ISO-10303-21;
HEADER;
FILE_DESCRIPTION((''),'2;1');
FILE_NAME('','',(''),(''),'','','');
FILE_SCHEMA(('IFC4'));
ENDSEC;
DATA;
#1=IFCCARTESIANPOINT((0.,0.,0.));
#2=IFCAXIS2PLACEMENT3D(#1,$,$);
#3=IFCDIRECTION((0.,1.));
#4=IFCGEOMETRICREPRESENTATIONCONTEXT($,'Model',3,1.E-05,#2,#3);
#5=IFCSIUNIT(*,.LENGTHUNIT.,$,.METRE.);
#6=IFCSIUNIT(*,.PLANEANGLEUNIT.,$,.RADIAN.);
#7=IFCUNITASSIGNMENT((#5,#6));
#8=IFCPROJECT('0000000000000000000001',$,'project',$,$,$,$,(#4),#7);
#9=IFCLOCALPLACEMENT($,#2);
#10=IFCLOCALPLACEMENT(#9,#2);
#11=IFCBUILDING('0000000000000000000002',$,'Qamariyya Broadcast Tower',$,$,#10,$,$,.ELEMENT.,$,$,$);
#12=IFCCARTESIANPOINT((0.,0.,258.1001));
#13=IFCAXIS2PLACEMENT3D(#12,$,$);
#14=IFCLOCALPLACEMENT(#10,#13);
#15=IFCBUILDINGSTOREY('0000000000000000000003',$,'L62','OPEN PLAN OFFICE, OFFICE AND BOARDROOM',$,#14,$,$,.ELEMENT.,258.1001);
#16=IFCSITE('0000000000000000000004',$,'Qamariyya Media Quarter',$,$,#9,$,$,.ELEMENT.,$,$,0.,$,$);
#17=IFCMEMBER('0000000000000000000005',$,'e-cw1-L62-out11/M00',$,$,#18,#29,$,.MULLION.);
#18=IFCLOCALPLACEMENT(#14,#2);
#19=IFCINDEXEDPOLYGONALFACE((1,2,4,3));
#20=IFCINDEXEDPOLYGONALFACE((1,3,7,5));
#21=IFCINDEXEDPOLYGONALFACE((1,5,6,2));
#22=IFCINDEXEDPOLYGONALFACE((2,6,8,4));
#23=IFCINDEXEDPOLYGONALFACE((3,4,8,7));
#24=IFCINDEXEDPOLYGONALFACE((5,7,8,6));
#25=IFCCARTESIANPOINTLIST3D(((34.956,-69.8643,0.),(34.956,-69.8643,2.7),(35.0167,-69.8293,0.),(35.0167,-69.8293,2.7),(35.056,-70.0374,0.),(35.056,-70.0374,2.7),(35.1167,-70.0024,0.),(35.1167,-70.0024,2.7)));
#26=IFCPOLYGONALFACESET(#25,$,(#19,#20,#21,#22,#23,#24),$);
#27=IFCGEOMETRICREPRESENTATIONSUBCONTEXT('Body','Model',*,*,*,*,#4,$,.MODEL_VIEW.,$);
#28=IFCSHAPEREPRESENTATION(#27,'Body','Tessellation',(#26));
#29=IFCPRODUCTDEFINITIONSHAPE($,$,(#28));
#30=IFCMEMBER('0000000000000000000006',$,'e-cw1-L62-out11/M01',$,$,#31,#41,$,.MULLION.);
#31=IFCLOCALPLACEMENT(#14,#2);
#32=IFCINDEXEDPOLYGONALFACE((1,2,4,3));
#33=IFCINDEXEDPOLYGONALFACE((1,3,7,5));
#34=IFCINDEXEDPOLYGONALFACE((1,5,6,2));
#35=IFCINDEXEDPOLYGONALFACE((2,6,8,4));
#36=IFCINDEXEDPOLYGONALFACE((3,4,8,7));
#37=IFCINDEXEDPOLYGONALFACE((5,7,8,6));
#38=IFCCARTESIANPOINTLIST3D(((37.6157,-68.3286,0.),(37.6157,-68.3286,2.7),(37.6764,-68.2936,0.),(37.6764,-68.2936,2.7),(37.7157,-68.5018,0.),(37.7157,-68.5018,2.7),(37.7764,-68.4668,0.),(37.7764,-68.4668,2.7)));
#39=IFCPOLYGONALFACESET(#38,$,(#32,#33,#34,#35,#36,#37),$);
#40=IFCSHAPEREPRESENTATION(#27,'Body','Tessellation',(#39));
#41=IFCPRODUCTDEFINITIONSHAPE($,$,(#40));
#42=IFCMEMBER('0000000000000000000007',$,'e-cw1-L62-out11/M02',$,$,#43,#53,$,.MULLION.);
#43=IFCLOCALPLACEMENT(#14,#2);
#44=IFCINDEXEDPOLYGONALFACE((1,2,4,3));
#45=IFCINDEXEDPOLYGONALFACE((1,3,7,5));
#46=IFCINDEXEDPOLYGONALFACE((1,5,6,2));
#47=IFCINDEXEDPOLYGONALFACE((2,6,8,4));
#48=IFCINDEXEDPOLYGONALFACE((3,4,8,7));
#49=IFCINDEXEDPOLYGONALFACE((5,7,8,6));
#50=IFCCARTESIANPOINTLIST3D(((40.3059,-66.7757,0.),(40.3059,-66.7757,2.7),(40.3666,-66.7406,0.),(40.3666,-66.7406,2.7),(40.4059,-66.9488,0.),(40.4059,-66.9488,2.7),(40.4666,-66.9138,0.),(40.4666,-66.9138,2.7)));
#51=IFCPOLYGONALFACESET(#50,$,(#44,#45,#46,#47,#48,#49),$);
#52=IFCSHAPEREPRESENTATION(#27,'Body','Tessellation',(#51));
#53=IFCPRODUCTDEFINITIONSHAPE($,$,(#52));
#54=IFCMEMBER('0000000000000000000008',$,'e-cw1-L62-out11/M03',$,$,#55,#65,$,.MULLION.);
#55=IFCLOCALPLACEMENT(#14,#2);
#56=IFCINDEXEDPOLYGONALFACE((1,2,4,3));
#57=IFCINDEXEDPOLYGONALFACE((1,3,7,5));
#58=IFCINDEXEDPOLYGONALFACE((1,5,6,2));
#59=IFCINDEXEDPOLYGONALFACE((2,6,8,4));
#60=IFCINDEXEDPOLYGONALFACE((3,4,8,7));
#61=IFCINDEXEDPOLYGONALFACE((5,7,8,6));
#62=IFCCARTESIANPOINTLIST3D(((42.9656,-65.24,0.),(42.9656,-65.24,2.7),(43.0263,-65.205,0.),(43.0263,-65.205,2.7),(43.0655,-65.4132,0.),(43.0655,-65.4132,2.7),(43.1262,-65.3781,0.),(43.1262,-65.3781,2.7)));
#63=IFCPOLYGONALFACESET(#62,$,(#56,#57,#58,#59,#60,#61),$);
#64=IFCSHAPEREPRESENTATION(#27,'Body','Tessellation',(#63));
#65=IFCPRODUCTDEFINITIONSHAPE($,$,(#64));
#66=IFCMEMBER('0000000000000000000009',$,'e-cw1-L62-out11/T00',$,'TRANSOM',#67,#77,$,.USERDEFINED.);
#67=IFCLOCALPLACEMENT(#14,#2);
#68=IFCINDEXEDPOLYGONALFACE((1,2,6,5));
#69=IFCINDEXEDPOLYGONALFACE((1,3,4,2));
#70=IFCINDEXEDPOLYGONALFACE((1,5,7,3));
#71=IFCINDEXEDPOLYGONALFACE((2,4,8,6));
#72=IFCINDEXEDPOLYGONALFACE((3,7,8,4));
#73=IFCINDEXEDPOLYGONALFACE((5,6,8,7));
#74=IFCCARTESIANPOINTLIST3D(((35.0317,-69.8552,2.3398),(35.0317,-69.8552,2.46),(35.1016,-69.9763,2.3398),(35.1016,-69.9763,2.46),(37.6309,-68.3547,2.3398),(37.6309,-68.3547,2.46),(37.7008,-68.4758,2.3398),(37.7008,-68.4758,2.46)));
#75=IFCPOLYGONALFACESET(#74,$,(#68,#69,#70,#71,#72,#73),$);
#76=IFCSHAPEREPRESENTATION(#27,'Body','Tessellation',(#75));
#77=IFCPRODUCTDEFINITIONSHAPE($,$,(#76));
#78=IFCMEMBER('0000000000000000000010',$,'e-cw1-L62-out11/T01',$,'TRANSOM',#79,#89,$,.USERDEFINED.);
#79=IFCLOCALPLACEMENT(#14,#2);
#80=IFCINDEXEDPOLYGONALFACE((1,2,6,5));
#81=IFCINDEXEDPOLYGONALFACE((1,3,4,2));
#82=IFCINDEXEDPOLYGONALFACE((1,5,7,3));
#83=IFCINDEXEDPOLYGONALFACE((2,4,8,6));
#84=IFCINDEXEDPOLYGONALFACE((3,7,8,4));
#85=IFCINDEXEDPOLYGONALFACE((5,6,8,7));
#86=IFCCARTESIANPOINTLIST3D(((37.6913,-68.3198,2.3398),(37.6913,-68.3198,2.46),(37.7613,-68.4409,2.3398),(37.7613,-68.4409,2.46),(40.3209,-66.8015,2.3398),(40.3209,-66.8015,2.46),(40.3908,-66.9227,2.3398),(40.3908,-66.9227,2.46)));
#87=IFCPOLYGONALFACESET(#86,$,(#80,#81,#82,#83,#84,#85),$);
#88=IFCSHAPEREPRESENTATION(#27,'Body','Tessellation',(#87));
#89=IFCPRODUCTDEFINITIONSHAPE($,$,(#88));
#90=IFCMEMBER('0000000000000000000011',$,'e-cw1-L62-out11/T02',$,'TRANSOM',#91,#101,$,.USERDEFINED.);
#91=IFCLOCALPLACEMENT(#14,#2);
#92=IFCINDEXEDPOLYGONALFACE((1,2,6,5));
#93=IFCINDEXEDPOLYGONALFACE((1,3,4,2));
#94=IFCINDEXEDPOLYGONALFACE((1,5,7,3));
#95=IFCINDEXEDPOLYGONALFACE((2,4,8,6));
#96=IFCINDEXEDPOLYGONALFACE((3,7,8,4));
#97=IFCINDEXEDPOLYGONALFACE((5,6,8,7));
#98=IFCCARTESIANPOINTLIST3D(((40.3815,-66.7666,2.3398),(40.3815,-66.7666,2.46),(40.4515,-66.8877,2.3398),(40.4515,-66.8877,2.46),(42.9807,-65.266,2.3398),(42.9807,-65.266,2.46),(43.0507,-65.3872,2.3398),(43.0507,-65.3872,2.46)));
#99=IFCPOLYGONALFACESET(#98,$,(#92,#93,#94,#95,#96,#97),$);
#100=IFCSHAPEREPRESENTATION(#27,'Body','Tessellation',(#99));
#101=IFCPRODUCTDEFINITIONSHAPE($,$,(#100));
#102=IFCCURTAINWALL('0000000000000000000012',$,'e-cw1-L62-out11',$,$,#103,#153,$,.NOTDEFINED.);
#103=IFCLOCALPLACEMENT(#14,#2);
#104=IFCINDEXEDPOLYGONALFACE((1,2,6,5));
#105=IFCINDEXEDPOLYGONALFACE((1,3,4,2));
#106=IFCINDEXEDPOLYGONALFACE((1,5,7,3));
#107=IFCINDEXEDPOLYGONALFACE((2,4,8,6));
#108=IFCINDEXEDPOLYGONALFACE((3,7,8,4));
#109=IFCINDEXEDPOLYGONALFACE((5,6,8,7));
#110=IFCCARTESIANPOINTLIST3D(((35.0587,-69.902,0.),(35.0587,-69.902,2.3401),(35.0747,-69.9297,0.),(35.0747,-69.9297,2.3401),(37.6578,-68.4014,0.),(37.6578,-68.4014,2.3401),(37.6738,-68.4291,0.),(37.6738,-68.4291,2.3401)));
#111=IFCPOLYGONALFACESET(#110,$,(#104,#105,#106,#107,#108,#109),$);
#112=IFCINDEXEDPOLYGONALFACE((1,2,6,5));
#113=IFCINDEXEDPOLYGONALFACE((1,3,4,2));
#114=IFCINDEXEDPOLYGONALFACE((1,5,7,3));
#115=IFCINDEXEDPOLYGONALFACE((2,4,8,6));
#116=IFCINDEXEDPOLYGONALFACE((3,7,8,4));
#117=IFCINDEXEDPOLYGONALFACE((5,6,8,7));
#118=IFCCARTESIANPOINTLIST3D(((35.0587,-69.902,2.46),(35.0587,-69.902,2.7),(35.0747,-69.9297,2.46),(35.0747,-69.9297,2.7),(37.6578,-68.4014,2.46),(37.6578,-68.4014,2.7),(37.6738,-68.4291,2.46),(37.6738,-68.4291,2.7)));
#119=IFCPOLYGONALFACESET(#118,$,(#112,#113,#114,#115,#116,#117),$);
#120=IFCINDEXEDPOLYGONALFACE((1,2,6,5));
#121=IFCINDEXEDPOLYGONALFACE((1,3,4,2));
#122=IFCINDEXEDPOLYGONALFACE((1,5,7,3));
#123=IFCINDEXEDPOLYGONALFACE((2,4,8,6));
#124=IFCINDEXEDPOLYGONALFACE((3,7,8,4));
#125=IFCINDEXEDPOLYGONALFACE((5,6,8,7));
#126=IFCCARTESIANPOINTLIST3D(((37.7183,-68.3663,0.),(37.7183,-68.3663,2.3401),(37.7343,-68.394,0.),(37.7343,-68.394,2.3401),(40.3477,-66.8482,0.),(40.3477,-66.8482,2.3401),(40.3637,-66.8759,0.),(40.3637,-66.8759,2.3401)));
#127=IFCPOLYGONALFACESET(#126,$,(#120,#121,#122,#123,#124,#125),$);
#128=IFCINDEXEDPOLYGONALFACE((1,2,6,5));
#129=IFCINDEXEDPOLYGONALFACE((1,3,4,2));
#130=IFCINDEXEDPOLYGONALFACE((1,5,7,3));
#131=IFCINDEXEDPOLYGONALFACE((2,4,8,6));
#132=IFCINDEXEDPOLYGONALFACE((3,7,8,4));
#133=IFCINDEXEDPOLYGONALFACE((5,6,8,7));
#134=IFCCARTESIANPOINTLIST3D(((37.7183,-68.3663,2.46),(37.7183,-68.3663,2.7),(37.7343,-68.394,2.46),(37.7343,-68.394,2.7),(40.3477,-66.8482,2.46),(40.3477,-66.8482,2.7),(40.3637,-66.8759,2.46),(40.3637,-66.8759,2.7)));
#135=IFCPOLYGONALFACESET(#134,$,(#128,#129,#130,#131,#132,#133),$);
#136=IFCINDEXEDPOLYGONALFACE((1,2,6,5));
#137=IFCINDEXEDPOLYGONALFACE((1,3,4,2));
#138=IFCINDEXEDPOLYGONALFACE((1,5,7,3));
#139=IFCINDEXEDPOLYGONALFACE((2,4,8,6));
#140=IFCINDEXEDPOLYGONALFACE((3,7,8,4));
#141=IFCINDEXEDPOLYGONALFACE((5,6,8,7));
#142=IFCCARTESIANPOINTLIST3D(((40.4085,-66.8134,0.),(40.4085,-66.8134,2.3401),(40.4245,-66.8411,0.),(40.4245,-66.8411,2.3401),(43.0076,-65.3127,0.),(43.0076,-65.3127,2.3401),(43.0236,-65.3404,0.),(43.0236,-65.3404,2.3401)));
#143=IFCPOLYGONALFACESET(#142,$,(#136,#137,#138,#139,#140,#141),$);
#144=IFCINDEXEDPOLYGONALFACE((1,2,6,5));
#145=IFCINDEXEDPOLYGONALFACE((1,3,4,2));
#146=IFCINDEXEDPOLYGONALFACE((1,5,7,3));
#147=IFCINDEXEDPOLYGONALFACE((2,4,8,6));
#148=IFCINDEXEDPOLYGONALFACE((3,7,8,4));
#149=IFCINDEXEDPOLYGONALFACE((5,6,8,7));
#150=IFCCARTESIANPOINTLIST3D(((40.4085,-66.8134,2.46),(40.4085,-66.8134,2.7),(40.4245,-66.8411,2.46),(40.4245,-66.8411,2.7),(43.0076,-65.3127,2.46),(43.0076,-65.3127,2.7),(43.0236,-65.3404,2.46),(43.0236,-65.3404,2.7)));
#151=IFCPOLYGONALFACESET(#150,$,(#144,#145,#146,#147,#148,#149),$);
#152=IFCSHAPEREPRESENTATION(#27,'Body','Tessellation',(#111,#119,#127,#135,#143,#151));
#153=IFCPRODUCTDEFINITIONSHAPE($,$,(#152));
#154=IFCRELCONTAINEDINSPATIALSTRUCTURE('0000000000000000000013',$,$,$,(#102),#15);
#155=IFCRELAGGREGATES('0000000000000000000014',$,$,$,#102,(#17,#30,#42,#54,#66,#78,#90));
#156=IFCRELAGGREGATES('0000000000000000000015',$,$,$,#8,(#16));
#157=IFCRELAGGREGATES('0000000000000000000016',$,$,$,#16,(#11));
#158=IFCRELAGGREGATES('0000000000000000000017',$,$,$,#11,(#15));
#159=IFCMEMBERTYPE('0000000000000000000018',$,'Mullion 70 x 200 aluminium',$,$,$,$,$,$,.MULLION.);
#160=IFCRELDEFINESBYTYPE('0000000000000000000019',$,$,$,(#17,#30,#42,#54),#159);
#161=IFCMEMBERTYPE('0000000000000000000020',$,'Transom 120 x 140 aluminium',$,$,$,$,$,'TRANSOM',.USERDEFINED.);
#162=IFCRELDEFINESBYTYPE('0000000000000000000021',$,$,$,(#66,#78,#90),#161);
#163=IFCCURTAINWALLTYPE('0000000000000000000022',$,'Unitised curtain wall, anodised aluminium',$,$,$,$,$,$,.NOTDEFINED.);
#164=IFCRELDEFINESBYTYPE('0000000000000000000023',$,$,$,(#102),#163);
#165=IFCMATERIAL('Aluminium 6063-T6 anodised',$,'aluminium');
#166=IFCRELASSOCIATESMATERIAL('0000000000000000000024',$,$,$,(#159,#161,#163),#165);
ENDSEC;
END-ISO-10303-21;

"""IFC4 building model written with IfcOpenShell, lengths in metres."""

from ifc_helpers import new_model, si_unit, direction, frame, origin, origin_2d, place, context, subcontext, project, spatial, rectangle, extrude, material, material_profile, profile_set, type_object, element, aggregate, save


model = new_model("IFC4")

# Units and contexts
model_context = context("Model", 3, precision=1e-05, world=origin(), true_north=direction((0.0, 1.0)))
body_context = subcontext(model_context, "Body", "Model", "MODEL_VIEW")
ifc_project = project(units=[si_unit("LENGTHUNIT", "METRE"), si_unit("PLANEANGLEUNIT", "RADIAN")], contexts=[model_context])

# Members
ifc_material = material(Name="Aluminium 6063-T6 anodised", Category="aluminium")
ifc_material_profile_1 = material_profile(ifc_material, rectangle(XDim=0.2, YDim=0.0701, at=origin_2d()))
ifc_profile_set_1 = profile_set([ifc_material_profile_1], Name="Aluminium 6063-T6 anodised")
member_type_1 = type_object("IfcMemberType", Name="Mullion 70 x 200 aluminium", PredefinedType="MULLION", material=ifc_profile_set_1)
site_placement = place(None, origin())
building_placement = place(site_placement, origin())
storey_placement = place(building_placement, frame((0.0, 0.0, 258.1001)))
member_1_placement = place(storey_placement, frame((35.0364, -69.9333, 0.0), z_axis=(0.0, 0.0, 1.0), x_axis=(-0.5, 0.866025, 0.0)))
member_1 = element("IfcMember", 1, at=member_1_placement, type_object=member_type_1, Name="e-cw1-L62-out11/M00", PredefinedType="MULLION", context=body_context, shape_type="SweptSolid", body=[
    extrude(rectangle(XDim=0.2, YDim=0.0701, at=origin_2d()), origin(), (0.0, 0.0, 1.0), 2.7),
])
member_2_placement = place(storey_placement, frame((37.696, -68.3977, 0.0), z_axis=(0.0, 0.0, 1.0), x_axis=(-0.5, 0.866025, 0.0)))
member_2 = element("IfcMember", 2, at=member_2_placement, type_object=member_type_1, Name="e-cw1-L62-out11/M01", PredefinedType="MULLION", context=body_context, shape_type="SweptSolid", body=[
    extrude(rectangle(XDim=0.2, YDim=0.0701, at=origin_2d()), origin(), (0.0, 0.0, 1.0), 2.7),
])
member_3_placement = place(storey_placement, frame((40.3862, -66.8447, 0.0), z_axis=(0.0, 0.0, 1.0), x_axis=(-0.5, 0.866025, 0.0)))
member_3 = element("IfcMember", 3, at=member_3_placement, type_object=member_type_1, Name="e-cw1-L62-out11/M02", PredefinedType="MULLION", context=body_context, shape_type="SweptSolid", body=[
    extrude(rectangle(XDim=0.2, YDim=0.0701, at=origin_2d()), origin(), (0.0, 0.0, 1.0), 2.7),
])
member_4_placement = place(storey_placement, frame((43.0459, -65.3091, 0.0), z_axis=(0.0, 0.0, 1.0), x_axis=(-0.5, 0.866025, 0.0)))
member_4 = element("IfcMember", 4, at=member_4_placement, type_object=member_type_1, Name="e-cw1-L62-out11/M03", PredefinedType="MULLION", context=body_context, shape_type="SweptSolid", body=[
    extrude(rectangle(XDim=0.2, YDim=0.0701, at=origin_2d()), origin(), (0.0, 0.0, 1.0), 2.7),
])
ifc_material_profile_2 = material_profile(ifc_material, rectangle(XDim=0.1399, YDim=0.1201, at=origin_2d()))
ifc_profile_set_2 = profile_set([ifc_material_profile_2], Name="Aluminium 6063-T6 anodised")
member_type_2 = type_object("IfcMemberType", Name="Transom 120 x 140 aluminium", ElementType="TRANSOM", PredefinedType="USERDEFINED", material=ifc_profile_set_2)
member_5_placement = place(storey_placement, frame((35.0667, -69.9158, 2.3999), z_axis=(0.866042, 0.499971, 0.0), x_axis=(-0.499971, 0.866042, 0.0)))
member_5 = element("IfcMember", 5, at=member_5_placement, type_object=member_type_2, Name="e-cw1-L62-out11/T00", ObjectType="TRANSOM", PredefinedType="USERDEFINED", context=body_context, shape_type="SweptSolid", body=[
    extrude(rectangle(XDim=0.1399, YDim=0.1201, at=origin_2d()), origin(), (0.0, 0.0, 1.0), 3.0012),
])
member_6_placement = place(storey_placement, frame((37.7263, -68.3804, 2.3999), z_axis=(0.866013, 0.500022, 0.0), x_axis=(-0.500022, 0.866013, 0.0)))
member_6 = element("IfcMember", 6, at=member_6_placement, type_object=member_type_2, Name="e-cw1-L62-out11/T01", ObjectType="TRANSOM", PredefinedType="USERDEFINED", context=body_context, shape_type="SweptSolid", body=[
    extrude(rectangle(XDim=0.1399, YDim=0.1201, at=origin_2d()), origin(), (0.0, 0.0, 1.0), 3.0364),
])
member_7_placement = place(storey_placement, frame((40.4165, -66.8271, 2.3999), z_axis=(0.866042, 0.499971, 0.0), x_axis=(-0.499971, 0.866042, 0.0)))
member_7 = element("IfcMember", 7, at=member_7_placement, type_object=member_type_2, Name="e-cw1-L62-out11/T02", ObjectType="TRANSOM", PredefinedType="USERDEFINED", context=body_context, shape_type="SweptSolid", body=[
    extrude(rectangle(XDim=0.1399, YDim=0.1201, at=origin_2d()), origin(), (0.0, 0.0, 1.0), 3.0012),
])

# Site, building, storey
site = spatial("IfcSite", under=ifc_project, at=site_placement, Name="Qamariyya Media Quarter", CompositionType="ELEMENT", RefElevation=0.0)
building = spatial("IfcBuilding", under=site, at=building_placement, Name="Qamariyya Broadcast Tower", CompositionType="ELEMENT")
storey = spatial("IfcBuildingStorey", under=building, at=storey_placement, Name="L62", Description="OPEN PLAN OFFICE, OFFICE AND BOARDROOM", CompositionType="ELEMENT", Elevation=258.1001)

# Curtain wall
curtain_wall_type = type_object("IfcCurtainWallType", Name="Unitised curtain wall, anodised aluminium", PredefinedType="NOTDEFINED", material=ifc_material)
curtain_wall_1_placement = place(storey_placement, origin())
curtain_wall_1 = element("IfcCurtainWall", 8, at=curtain_wall_1_placement, inside=storey, type_object=curtain_wall_type, Name="e-cw1-L62-out11", PredefinedType="NOTDEFINED", context=body_context, shape_type="SweptSolid", body=[
    extrude(rectangle(XDim=3.0012, YDim=0.032, at=origin_2d()), frame((36.3662, -69.1655, 0.0), x_axis=(0.866018, 0.500013, 0.0)), (0.0, 0.0, 1.0), 2.3401),
    extrude(rectangle(XDim=3.0012, YDim=0.032, at=origin_2d()), frame((36.3662, -69.1655, 2.46), x_axis=(0.866018, 0.500013, 0.0)), (0.0, 0.0, 1.0), 0.24),
    extrude(rectangle(XDim=3.0361, YDim=0.032, at=origin_2d()), frame((39.041, -67.6211, 0.0), x_axis=(0.866018, 0.500013, 0.0)), (0.0, 0.0, 1.0), 2.3401),
    extrude(rectangle(XDim=3.0361, YDim=0.032, at=origin_2d()), frame((39.041, -67.6211, 2.46), x_axis=(0.866018, 0.500013, 0.0)), (0.0, 0.0, 1.0), 0.24),
    extrude(rectangle(XDim=3.0012, YDim=0.032, at=origin_2d()), frame((41.7161, -66.0769, 0.0), x_axis=(0.866018, 0.500013, 0.0)), (0.0, 0.0, 1.0), 2.3401),
    extrude(rectangle(XDim=3.0012, YDim=0.032, at=origin_2d()), frame((41.7161, -66.0769, 2.46), x_axis=(0.866018, 0.500013, 0.0)), (0.0, 0.0, 1.0), 0.24),
])
aggregate(curtain_wall_1, [member_1, member_2, member_3, member_4, member_5, member_6, member_7])

save(model, "model.ifc")
